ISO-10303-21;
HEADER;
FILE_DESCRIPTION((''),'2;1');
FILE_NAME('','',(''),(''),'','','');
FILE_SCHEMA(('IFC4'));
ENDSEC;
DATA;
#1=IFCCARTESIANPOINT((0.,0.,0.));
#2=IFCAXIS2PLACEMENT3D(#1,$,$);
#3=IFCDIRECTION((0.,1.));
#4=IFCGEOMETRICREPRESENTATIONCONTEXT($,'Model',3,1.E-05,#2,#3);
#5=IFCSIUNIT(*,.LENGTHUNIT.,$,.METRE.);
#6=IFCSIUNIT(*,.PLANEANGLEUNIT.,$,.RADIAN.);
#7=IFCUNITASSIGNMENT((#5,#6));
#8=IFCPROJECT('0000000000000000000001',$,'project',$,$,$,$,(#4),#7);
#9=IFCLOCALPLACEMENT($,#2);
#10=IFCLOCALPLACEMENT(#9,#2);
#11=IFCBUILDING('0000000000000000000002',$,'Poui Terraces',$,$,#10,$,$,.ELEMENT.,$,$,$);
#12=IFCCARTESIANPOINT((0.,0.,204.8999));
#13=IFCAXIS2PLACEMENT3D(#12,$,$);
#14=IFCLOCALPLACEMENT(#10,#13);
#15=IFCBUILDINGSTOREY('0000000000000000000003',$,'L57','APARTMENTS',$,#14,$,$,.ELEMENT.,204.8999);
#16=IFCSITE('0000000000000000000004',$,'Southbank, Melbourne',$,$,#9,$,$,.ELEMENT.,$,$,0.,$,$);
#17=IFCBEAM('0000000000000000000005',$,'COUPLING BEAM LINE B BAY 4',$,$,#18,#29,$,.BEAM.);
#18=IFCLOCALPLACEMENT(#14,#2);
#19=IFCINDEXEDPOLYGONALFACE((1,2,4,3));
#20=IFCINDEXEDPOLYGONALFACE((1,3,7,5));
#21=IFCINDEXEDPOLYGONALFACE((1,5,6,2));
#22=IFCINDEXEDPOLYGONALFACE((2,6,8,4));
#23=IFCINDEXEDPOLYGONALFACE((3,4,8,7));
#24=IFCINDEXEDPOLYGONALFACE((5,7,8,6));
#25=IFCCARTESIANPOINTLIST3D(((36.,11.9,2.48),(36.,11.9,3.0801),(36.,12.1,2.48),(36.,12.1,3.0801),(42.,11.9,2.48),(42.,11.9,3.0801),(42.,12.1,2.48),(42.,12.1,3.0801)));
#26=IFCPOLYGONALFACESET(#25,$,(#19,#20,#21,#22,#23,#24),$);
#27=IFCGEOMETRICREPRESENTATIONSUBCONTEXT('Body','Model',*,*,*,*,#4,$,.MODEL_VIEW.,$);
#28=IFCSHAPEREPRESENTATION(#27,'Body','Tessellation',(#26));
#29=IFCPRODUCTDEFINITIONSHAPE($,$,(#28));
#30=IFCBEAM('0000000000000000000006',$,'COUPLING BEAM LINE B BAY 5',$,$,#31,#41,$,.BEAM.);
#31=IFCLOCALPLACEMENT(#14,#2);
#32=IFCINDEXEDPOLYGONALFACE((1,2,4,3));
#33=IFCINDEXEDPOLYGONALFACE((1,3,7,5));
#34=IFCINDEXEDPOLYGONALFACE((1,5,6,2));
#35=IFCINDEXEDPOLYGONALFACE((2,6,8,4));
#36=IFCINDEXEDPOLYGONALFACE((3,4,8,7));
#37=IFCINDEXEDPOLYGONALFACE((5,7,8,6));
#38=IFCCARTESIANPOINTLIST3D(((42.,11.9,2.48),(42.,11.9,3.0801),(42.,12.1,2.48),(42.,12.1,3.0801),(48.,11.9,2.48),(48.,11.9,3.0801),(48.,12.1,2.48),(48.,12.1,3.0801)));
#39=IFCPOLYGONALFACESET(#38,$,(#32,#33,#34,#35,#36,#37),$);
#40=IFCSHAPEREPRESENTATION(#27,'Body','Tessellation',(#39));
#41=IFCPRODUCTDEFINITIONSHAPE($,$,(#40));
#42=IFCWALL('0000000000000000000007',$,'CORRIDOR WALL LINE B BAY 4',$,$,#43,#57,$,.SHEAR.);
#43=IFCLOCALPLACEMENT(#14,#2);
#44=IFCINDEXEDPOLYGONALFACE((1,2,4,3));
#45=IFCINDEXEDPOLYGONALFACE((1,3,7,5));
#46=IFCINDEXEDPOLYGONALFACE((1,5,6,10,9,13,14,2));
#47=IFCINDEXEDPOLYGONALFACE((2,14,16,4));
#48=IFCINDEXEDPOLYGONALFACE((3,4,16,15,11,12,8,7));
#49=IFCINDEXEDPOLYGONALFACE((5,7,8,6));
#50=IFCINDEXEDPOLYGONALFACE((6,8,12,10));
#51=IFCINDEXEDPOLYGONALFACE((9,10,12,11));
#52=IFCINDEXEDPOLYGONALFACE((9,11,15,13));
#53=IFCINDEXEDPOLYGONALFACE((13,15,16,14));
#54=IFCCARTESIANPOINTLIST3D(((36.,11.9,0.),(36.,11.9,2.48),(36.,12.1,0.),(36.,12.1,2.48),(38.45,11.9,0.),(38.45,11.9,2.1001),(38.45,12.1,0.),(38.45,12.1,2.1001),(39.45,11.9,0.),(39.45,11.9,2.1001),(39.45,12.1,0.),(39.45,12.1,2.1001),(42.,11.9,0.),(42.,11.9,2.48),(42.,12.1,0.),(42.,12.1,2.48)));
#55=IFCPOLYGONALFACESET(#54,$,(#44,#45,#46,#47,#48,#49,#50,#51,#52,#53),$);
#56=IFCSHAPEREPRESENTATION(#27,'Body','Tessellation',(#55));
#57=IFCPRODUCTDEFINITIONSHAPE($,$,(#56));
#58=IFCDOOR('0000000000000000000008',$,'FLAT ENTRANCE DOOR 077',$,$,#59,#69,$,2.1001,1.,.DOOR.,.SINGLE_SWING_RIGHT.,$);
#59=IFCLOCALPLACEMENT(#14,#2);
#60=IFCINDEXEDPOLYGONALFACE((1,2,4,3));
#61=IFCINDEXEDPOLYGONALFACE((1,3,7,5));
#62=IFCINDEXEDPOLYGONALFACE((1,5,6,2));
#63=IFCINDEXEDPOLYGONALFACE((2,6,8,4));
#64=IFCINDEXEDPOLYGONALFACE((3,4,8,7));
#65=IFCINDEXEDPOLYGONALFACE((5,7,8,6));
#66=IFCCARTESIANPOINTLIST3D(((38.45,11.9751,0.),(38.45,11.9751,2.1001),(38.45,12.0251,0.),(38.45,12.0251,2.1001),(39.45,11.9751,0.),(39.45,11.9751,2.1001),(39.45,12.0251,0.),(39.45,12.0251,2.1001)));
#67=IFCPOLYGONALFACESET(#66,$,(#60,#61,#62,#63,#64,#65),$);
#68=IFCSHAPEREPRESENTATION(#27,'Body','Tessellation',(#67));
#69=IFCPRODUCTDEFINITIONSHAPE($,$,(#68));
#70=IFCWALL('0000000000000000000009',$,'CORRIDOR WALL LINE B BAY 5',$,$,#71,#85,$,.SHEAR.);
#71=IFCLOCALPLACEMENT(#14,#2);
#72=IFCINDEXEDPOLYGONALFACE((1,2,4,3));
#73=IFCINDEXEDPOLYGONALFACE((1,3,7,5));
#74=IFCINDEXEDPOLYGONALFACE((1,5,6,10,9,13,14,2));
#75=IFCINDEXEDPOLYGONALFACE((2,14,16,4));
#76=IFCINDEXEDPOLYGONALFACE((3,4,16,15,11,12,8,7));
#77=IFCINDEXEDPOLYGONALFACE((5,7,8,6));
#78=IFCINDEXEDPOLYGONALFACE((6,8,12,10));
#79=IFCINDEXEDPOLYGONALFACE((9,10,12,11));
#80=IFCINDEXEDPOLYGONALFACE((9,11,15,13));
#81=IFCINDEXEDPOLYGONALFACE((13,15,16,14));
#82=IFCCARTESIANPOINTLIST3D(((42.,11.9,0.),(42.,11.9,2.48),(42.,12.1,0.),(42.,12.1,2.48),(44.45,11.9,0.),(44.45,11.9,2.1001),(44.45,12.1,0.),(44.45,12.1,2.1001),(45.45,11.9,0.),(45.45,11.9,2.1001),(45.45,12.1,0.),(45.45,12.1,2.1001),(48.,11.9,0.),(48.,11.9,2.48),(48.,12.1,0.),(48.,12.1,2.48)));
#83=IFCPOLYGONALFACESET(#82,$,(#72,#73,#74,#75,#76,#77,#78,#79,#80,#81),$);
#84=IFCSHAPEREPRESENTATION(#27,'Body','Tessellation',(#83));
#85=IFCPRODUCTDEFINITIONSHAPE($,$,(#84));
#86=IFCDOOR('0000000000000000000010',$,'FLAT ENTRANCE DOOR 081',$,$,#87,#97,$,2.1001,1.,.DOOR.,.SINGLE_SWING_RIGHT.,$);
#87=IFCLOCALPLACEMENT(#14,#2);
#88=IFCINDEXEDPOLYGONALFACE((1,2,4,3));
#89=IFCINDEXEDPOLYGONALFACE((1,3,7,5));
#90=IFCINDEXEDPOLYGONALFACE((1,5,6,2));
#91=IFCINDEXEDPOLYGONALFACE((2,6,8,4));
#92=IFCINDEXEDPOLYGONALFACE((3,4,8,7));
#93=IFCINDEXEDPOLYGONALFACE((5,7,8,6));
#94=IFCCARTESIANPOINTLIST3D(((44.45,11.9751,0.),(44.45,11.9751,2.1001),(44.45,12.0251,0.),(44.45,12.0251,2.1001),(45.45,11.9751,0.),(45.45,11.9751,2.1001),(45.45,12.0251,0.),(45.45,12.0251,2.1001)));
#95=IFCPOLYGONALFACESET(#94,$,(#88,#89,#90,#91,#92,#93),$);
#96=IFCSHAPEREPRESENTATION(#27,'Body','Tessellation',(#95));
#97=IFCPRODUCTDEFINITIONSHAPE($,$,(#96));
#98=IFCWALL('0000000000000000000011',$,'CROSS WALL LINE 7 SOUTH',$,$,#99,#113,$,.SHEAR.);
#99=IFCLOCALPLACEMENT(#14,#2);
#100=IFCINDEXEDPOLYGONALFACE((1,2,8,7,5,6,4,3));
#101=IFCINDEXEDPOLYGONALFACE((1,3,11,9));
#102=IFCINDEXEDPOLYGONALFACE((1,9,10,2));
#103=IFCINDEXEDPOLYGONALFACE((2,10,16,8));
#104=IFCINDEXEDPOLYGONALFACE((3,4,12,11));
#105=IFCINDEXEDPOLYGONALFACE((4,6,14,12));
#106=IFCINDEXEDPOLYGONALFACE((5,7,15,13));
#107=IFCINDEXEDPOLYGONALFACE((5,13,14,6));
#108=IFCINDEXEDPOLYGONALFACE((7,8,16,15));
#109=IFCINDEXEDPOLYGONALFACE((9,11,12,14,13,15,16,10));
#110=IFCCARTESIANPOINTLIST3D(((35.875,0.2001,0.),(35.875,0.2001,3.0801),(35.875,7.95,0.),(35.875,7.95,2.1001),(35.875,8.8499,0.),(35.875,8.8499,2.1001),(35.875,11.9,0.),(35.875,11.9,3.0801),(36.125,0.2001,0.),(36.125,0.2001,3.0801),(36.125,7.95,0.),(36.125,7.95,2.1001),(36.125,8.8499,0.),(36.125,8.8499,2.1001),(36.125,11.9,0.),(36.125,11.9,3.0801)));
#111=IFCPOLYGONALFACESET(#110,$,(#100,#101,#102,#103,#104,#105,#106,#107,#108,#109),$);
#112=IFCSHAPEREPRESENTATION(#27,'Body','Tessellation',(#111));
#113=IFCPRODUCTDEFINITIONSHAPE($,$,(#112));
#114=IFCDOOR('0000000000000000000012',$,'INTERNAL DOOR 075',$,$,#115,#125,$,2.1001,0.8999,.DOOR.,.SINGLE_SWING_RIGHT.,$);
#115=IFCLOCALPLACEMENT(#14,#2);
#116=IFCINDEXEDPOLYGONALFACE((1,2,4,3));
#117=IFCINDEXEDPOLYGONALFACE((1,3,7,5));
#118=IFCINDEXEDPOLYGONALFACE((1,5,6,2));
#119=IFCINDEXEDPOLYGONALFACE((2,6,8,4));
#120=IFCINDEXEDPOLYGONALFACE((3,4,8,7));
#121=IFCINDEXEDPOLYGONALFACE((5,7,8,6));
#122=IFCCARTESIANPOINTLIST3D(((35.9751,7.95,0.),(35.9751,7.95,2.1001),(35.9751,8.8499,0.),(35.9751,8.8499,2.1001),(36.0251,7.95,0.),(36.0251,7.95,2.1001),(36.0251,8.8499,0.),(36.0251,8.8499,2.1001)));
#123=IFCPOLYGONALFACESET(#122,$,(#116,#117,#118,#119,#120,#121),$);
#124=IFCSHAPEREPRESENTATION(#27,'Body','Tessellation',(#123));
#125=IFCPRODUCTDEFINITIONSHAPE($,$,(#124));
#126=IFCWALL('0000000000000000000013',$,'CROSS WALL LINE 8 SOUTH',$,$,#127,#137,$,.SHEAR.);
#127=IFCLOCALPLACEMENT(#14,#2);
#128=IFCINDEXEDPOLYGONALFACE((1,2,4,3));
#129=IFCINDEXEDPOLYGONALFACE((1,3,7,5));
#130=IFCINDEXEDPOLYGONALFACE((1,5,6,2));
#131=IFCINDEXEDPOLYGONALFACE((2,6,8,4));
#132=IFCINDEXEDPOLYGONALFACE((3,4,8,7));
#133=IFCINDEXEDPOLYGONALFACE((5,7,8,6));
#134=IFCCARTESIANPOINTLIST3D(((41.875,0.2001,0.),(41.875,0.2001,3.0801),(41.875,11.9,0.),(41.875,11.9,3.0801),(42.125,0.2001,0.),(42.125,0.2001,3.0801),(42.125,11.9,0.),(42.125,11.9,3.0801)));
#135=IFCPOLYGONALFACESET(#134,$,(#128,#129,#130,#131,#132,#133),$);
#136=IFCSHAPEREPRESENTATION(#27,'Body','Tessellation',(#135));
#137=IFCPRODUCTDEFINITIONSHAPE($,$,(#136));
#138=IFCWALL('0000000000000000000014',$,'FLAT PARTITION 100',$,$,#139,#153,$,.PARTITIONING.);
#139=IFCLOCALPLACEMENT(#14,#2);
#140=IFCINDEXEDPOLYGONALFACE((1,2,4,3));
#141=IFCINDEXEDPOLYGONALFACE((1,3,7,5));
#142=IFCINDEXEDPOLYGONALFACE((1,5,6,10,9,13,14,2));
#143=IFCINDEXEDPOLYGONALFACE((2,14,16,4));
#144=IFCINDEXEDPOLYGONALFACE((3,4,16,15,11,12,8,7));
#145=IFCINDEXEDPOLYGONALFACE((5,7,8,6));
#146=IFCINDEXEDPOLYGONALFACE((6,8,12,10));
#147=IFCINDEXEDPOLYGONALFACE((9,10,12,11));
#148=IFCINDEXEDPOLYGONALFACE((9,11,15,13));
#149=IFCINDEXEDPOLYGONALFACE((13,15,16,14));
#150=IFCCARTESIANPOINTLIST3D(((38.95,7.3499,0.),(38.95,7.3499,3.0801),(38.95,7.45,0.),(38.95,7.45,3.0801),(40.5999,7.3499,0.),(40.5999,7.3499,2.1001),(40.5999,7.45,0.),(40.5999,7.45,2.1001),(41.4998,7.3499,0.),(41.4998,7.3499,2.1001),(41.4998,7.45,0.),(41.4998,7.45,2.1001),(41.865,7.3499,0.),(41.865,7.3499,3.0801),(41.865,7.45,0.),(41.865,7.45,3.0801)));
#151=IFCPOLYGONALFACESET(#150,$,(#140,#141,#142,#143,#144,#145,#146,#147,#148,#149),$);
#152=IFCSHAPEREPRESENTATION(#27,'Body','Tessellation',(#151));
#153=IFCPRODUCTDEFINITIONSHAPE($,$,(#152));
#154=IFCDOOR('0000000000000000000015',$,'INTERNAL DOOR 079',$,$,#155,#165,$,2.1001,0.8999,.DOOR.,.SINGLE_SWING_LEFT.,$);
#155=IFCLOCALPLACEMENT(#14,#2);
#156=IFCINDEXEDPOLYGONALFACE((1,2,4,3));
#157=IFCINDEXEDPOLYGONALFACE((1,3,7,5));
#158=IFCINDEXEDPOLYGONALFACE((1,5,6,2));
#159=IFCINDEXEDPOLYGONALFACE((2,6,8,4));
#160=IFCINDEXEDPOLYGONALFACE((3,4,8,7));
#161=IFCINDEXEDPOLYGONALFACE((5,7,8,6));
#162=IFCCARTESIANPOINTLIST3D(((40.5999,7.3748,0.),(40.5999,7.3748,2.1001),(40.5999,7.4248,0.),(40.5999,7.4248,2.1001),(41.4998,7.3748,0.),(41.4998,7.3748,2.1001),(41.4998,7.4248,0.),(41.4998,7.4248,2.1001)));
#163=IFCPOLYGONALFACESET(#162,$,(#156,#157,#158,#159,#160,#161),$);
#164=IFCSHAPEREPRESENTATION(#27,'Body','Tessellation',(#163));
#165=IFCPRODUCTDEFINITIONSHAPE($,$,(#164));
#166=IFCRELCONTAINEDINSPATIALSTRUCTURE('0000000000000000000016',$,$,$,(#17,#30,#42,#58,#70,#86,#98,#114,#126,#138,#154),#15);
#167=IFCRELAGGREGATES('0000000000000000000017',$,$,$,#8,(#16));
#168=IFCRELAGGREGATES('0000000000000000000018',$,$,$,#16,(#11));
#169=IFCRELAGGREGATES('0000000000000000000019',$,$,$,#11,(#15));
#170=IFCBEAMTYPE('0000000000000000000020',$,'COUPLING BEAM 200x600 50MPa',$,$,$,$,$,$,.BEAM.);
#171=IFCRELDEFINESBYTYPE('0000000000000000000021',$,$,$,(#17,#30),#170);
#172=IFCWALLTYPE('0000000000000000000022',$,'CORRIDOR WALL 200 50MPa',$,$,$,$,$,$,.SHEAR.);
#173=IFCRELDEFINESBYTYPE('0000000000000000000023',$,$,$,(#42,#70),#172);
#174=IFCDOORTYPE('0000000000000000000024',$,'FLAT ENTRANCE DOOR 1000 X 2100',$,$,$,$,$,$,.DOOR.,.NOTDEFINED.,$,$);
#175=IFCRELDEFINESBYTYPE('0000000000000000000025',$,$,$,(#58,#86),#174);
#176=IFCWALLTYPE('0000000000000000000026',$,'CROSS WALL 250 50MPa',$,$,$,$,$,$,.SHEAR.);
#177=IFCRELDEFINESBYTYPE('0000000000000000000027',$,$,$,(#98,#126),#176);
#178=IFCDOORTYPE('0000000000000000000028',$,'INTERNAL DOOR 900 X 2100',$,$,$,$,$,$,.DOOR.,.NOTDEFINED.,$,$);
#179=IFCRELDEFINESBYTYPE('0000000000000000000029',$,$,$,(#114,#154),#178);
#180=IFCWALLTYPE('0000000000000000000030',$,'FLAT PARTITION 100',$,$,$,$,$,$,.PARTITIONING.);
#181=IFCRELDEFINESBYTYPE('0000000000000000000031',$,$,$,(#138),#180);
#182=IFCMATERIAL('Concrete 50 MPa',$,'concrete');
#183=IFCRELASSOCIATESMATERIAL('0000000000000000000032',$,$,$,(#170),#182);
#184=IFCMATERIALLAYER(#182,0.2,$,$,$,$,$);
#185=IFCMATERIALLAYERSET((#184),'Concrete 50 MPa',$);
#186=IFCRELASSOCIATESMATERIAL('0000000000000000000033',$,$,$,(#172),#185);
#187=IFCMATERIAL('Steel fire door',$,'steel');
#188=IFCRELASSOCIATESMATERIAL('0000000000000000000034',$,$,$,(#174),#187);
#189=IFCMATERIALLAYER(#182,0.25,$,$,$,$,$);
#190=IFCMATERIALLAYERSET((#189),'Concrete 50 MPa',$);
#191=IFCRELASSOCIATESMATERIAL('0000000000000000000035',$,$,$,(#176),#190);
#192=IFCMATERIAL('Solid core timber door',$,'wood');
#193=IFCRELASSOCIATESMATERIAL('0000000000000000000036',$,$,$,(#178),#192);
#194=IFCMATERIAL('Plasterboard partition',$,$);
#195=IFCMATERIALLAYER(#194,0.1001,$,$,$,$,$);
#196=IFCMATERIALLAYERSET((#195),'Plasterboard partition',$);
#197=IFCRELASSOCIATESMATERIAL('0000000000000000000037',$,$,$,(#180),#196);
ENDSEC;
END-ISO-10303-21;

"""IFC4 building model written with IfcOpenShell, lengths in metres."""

from ifc_helpers import new_model, si_unit, direction, frame, frame_2d, origin, origin_2d, place, context, subcontext, project, spatial, rectangle, extrude, source, transform, mapped, material, layer, layer_set, material_profile, profile_set, type_object, element, fill, save


model = new_model("IFC4")

# Units and contexts
model_context = context("Model", 3, precision=1e-05, world=origin(), true_north=direction((0.0, 1.0)))
body_context = subcontext(model_context, "Body", "Model", "MODEL_VIEW")
ifc_project = project(units=[si_unit("LENGTHUNIT", "METRE"), si_unit("PLANEANGLEUNIT", "RADIAN")], contexts=[model_context])

# Site, building, storey
site_placement = place(None, origin())
site = spatial("IfcSite", under=ifc_project, at=site_placement, Name="Southbank, Melbourne", CompositionType="ELEMENT", RefElevation=0.0)
building_placement = place(site_placement, origin())
building = spatial("IfcBuilding", under=site, at=building_placement, Name="Poui Terraces", CompositionType="ELEMENT")
storey_placement = place(building_placement, frame((0.0, 0.0, 204.8999)))
storey = spatial("IfcBuildingStorey", under=building, at=storey_placement, Name="L57", Description="APARTMENTS", CompositionType="ELEMENT", Elevation=204.8999)

# Beams
ifc_material_1 = material(Name="Concrete 50 MPa", Category="concrete")
ifc_material_profile_1 = material_profile(ifc_material_1, rectangle(XDim=0.2, YDim=0.6001, at=origin_2d()), Name="RC 200x600")
ifc_profile_set_1 = profile_set([ifc_material_profile_1], Name="Concrete 50 MPa")
beam_type = type_object("IfcBeamType", Name="COUPLING BEAM 200x600 50MPa", PredefinedType="BEAM", material=ifc_profile_set_1)
shared_shape_1 = source(origin(), body_context, "Body", "SweptSolid", [
    extrude(rectangle(XDim=0.2, YDim=0.6001, at=origin_2d()), origin(), (0.0, 0.0, 1.0), 6.0),
])
for number, where, z_axis, x_axis, name in (
    (1, (36.0, 12.0, 2.78), (1.0, 0.0, 0.0), (0.0, 1.0, 0.0), "COUPLING BEAM LINE B BAY 4"),
    (2, (42.0, 12.0, 2.78), (1.0, 0.0, 0.0), (0.0, 1.0, 0.0), "COUPLING BEAM LINE B BAY 5"),
):
    element("IfcBeam", number, at=place(storey_placement, frame(where, z_axis=z_axis, x_axis=x_axis)), inside=storey, type_object=beam_type, Name=name, PredefinedType="BEAM", context=body_context, shape_type="MappedRepresentation", body=[
        mapped(shared_shape_1, transform((0.0, 0.0, 0.0))),
    ])

# Walls, openings, doors
ifc_layer_1 = layer(ifc_material_1, 0.2)
ifc_layer_set_1 = layer_set([ifc_layer_1], Name="Concrete 50 MPa")
wall_type_1 = type_object("IfcWallType", Name="CORRIDOR WALL 200 50MPa", PredefinedType="SHEAR", material=ifc_layer_set_1)
wall_1_placement = place(storey_placement, frame((36.0, 12.0, 0.0), z_axis=(0.0, 0.0, 1.0), x_axis=(1.0, 0.0, 0.0)))
wall_1 = element("IfcWall", 3, at=wall_1_placement, inside=storey, type_object=wall_type_1, Name="CORRIDOR WALL LINE B BAY 4", PredefinedType="SHEAR", context=body_context, shape_type="SweptSolid", body=[
    extrude(rectangle(XDim=6.0, YDim=0.2, at=frame_2d((3.0, 0.0))), origin(), (0.0, 0.0, 1.0), 2.48),
])
opening_1_placement = place(wall_1_placement, frame((2.45, 0.0, 0.0)))
opening_1 = element("IfcOpeningElement", 4, at=opening_1_placement, cuts=wall_1, PredefinedType="OPENING", context=body_context, shape_type="SweptSolid", body=[
    extrude(rectangle(XDim=1.0, YDim=2.1001, at=frame_2d((0.5, 1.05))), frame((0.0, 0.1099, 0.0), z_axis=(0.0, -1.0, 0.0), x_axis=(1.0, 0.0, 0.0)), (0.0, 0.0, 1.0), 0.22),
])
ifc_material_2 = material(Name="Steel fire door", Category="steel")
door_type_1 = type_object("IfcDoorType", Name="FLAT ENTRANCE DOOR 1000 X 2100", OperationType="NOTDEFINED", PredefinedType="DOOR", material=ifc_material_2)
door_1_placement = place(opening_1_placement, frame((1.0, 0.0, 0.0), z_axis=(0.0, 0.0, 1.0), x_axis=(-1.0, 0.0, 0.0)))
door_1 = element("IfcDoor", 5, at=door_1_placement, inside=storey, type_object=door_type_1, Name="FLAT ENTRANCE DOOR 077", OperationType="SINGLE_SWING_RIGHT", OverallHeight=2.1001, OverallWidth=1.0, PredefinedType="DOOR", context=body_context, shape_type="SweptSolid", body=[
    extrude(rectangle(XDim=1.0, YDim=2.1001, at=frame_2d((0.5, 1.05))), frame((0.0, 0.0249, 0.0), z_axis=(0.0, -1.0, 0.0), x_axis=(1.0, 0.0, 0.0)), (0.0, 0.0, 1.0), 0.05),
])
fill(opening_1, door_1)
wall_2_placement = place(storey_placement, frame((42.0, 12.0, 0.0), z_axis=(0.0, 0.0, 1.0), x_axis=(1.0, 0.0, 0.0)))
wall_2 = element("IfcWall", 6, at=wall_2_placement, inside=storey, type_object=wall_type_1, Name="CORRIDOR WALL LINE B BAY 5", PredefinedType="SHEAR", context=body_context, shape_type="SweptSolid", body=[
    extrude(rectangle(XDim=6.0, YDim=0.2, at=frame_2d((3.0, 0.0))), origin(), (0.0, 0.0, 1.0), 2.48),
])
opening_2_placement = place(wall_2_placement, frame((2.45, 0.0, 0.0)))
opening_2 = element("IfcOpeningElement", 7, at=opening_2_placement, cuts=wall_2, PredefinedType="OPENING", context=body_context, shape_type="SweptSolid", body=[
    extrude(rectangle(XDim=1.0, YDim=2.1001, at=frame_2d((0.5, 1.05))), frame((0.0, 0.1099, 0.0), z_axis=(0.0, -1.0, 0.0), x_axis=(1.0, 0.0, 0.0)), (0.0, 0.0, 1.0), 0.22),
])
door_2_placement = place(opening_2_placement, frame((1.0, 0.0, 0.0), z_axis=(0.0, 0.0, 1.0), x_axis=(-1.0, 0.0, 0.0)))
door_2 = element("IfcDoor", 8, at=door_2_placement, inside=storey, type_object=door_type_1, Name="FLAT ENTRANCE DOOR 081", OperationType="SINGLE_SWING_RIGHT", OverallHeight=2.1001, OverallWidth=1.0, PredefinedType="DOOR", context=body_context, shape_type="SweptSolid", body=[
    extrude(rectangle(XDim=1.0, YDim=2.1001, at=frame_2d((0.5, 1.05))), frame((0.0, 0.0249, 0.0), z_axis=(0.0, -1.0, 0.0), x_axis=(1.0, 0.0, 0.0)), (0.0, 0.0, 1.0), 0.05),
])
fill(opening_2, door_2)
ifc_layer_2 = layer(ifc_material_1, 0.25)
ifc_layer_set_2 = layer_set([ifc_layer_2], Name="Concrete 50 MPa")
wall_type_2 = type_object("IfcWallType", Name="CROSS WALL 250 50MPa", PredefinedType="SHEAR", material=ifc_layer_set_2)
wall_3_placement = place(storey_placement, frame((36.0, 0.2, 0.0), z_axis=(0.0, 0.0, 1.0), x_axis=(0.0, 1.0, 0.0)))
wall_3 = element("IfcWall", 9, at=wall_3_placement, inside=storey, type_object=wall_type_2, Name="CROSS WALL LINE 7 SOUTH", PredefinedType="SHEAR", context=body_context, shape_type="SweptSolid", body=[
    extrude(rectangle(XDim=11.7, YDim=0.25, at=frame_2d((5.8501, 0.0))), origin(), (0.0, 0.0, 1.0), 3.0801),
])
opening_3_placement = place(wall_3_placement, frame((7.75, 0.0, 0.0)))
opening_3 = element("IfcOpeningElement", 10, at=opening_3_placement, cuts=wall_3, PredefinedType="OPENING", context=body_context, shape_type="SweptSolid", body=[
    extrude(rectangle(XDim=0.8999, YDim=2.1001, at=frame_2d((0.45, 1.05))), frame((0.0, 0.135, 0.0), z_axis=(0.0, -1.0, 0.0), x_axis=(1.0, 0.0, 0.0)), (0.0, 0.0, 1.0), 0.27),
])
ifc_material_3 = material(Name="Solid core timber door", Category="wood")
door_type_2 = type_object("IfcDoorType", Name="INTERNAL DOOR 900 X 2100", OperationType="NOTDEFINED", PredefinedType="DOOR", material=ifc_material_3)
door_3_placement = place(opening_3_placement, origin())
door_3 = element("IfcDoor", 11, at=door_3_placement, inside=storey, type_object=door_type_2, Name="INTERNAL DOOR 075", OperationType="SINGLE_SWING_RIGHT", OverallHeight=2.1001, OverallWidth=0.8999, PredefinedType="DOOR", context=body_context, shape_type="SweptSolid", body=[
    extrude(rectangle(XDim=0.8999, YDim=2.1001, at=frame_2d((0.45, 1.05))), frame((0.0, 0.0249, 0.0), z_axis=(0.0, -1.0, 0.0), x_axis=(1.0, 0.0, 0.0)), (0.0, 0.0, 1.0), 0.05),
])
fill(opening_3, door_3)

# Wall
wall_4_placement = place(storey_placement, frame((42.0, 0.2, 0.0), z_axis=(0.0, 0.0, 1.0), x_axis=(0.0, 1.0, 0.0)))
element("IfcWall", 12, at=wall_4_placement, inside=storey, type_object=wall_type_2, Name="CROSS WALL LINE 8 SOUTH", PredefinedType="SHEAR", context=body_context, shape_type="SweptSolid", body=[
    extrude(rectangle(XDim=11.7, YDim=0.25, at=frame_2d((5.8501, 0.0))), origin(), (0.0, 0.0, 1.0), 3.0801),
])

# Wall, opening, door
ifc_material_4 = material(Name="Plasterboard partition")
ifc_layer_3 = layer(ifc_material_4, 0.1001)
ifc_layer_set_3 = layer_set([ifc_layer_3], Name="Plasterboard partition")
wall_type_3 = type_object("IfcWallType", Name="FLAT PARTITION 100", PredefinedType="PARTITIONING", material=ifc_layer_set_3)
wall_5_placement = place(storey_placement, frame((38.95, 7.3999, 0.0), z_axis=(0.0, 0.0, 1.0), x_axis=(1.0, 0.0, 0.0)))
wall_5 = element("IfcWall", 13, at=wall_5_placement, inside=storey, type_object=wall_type_3, Name="FLAT PARTITION 100", PredefinedType="PARTITIONING", context=body_context, shape_type="SweptSolid", body=[
    extrude(rectangle(XDim=2.915, YDim=0.1001, at=frame_2d((1.4575, 0.0))), origin(), (0.0, 0.0, 1.0), 3.0801),
])
opening_4_placement = place(wall_5_placement, frame((1.6499, 0.0, 0.0)))
opening_4 = element("IfcOpeningElement", 14, at=opening_4_placement, cuts=wall_5, PredefinedType="OPENING", context=body_context, shape_type="SweptSolid", body=[
    extrude(rectangle(XDim=0.8999, YDim=2.1001, at=frame_2d((0.45, 1.05))), frame((0.0, 0.0601, 0.0), z_axis=(0.0, -1.0, 0.0), x_axis=(1.0, 0.0, 0.0)), (0.0, 0.0, 1.0), 0.1201),
])
door_4_placement = place(opening_4_placement, origin())
door_4 = element("IfcDoor", 15, at=door_4_placement, inside=storey, type_object=door_type_2, Name="INTERNAL DOOR 079", OperationType="SINGLE_SWING_LEFT", OverallHeight=2.1001, OverallWidth=0.8999, PredefinedType="DOOR", context=body_context, shape_type="SweptSolid", body=[
    extrude(rectangle(XDim=0.8999, YDim=2.1001, at=frame_2d((0.45, 1.05))), frame((0.0, 0.0249, 0.0), z_axis=(0.0, -1.0, 0.0), x_axis=(1.0, 0.0, 0.0)), (0.0, 0.0, 1.0), 0.05),
])
fill(opening_4, door_4)

save(model, "model.ifc")
